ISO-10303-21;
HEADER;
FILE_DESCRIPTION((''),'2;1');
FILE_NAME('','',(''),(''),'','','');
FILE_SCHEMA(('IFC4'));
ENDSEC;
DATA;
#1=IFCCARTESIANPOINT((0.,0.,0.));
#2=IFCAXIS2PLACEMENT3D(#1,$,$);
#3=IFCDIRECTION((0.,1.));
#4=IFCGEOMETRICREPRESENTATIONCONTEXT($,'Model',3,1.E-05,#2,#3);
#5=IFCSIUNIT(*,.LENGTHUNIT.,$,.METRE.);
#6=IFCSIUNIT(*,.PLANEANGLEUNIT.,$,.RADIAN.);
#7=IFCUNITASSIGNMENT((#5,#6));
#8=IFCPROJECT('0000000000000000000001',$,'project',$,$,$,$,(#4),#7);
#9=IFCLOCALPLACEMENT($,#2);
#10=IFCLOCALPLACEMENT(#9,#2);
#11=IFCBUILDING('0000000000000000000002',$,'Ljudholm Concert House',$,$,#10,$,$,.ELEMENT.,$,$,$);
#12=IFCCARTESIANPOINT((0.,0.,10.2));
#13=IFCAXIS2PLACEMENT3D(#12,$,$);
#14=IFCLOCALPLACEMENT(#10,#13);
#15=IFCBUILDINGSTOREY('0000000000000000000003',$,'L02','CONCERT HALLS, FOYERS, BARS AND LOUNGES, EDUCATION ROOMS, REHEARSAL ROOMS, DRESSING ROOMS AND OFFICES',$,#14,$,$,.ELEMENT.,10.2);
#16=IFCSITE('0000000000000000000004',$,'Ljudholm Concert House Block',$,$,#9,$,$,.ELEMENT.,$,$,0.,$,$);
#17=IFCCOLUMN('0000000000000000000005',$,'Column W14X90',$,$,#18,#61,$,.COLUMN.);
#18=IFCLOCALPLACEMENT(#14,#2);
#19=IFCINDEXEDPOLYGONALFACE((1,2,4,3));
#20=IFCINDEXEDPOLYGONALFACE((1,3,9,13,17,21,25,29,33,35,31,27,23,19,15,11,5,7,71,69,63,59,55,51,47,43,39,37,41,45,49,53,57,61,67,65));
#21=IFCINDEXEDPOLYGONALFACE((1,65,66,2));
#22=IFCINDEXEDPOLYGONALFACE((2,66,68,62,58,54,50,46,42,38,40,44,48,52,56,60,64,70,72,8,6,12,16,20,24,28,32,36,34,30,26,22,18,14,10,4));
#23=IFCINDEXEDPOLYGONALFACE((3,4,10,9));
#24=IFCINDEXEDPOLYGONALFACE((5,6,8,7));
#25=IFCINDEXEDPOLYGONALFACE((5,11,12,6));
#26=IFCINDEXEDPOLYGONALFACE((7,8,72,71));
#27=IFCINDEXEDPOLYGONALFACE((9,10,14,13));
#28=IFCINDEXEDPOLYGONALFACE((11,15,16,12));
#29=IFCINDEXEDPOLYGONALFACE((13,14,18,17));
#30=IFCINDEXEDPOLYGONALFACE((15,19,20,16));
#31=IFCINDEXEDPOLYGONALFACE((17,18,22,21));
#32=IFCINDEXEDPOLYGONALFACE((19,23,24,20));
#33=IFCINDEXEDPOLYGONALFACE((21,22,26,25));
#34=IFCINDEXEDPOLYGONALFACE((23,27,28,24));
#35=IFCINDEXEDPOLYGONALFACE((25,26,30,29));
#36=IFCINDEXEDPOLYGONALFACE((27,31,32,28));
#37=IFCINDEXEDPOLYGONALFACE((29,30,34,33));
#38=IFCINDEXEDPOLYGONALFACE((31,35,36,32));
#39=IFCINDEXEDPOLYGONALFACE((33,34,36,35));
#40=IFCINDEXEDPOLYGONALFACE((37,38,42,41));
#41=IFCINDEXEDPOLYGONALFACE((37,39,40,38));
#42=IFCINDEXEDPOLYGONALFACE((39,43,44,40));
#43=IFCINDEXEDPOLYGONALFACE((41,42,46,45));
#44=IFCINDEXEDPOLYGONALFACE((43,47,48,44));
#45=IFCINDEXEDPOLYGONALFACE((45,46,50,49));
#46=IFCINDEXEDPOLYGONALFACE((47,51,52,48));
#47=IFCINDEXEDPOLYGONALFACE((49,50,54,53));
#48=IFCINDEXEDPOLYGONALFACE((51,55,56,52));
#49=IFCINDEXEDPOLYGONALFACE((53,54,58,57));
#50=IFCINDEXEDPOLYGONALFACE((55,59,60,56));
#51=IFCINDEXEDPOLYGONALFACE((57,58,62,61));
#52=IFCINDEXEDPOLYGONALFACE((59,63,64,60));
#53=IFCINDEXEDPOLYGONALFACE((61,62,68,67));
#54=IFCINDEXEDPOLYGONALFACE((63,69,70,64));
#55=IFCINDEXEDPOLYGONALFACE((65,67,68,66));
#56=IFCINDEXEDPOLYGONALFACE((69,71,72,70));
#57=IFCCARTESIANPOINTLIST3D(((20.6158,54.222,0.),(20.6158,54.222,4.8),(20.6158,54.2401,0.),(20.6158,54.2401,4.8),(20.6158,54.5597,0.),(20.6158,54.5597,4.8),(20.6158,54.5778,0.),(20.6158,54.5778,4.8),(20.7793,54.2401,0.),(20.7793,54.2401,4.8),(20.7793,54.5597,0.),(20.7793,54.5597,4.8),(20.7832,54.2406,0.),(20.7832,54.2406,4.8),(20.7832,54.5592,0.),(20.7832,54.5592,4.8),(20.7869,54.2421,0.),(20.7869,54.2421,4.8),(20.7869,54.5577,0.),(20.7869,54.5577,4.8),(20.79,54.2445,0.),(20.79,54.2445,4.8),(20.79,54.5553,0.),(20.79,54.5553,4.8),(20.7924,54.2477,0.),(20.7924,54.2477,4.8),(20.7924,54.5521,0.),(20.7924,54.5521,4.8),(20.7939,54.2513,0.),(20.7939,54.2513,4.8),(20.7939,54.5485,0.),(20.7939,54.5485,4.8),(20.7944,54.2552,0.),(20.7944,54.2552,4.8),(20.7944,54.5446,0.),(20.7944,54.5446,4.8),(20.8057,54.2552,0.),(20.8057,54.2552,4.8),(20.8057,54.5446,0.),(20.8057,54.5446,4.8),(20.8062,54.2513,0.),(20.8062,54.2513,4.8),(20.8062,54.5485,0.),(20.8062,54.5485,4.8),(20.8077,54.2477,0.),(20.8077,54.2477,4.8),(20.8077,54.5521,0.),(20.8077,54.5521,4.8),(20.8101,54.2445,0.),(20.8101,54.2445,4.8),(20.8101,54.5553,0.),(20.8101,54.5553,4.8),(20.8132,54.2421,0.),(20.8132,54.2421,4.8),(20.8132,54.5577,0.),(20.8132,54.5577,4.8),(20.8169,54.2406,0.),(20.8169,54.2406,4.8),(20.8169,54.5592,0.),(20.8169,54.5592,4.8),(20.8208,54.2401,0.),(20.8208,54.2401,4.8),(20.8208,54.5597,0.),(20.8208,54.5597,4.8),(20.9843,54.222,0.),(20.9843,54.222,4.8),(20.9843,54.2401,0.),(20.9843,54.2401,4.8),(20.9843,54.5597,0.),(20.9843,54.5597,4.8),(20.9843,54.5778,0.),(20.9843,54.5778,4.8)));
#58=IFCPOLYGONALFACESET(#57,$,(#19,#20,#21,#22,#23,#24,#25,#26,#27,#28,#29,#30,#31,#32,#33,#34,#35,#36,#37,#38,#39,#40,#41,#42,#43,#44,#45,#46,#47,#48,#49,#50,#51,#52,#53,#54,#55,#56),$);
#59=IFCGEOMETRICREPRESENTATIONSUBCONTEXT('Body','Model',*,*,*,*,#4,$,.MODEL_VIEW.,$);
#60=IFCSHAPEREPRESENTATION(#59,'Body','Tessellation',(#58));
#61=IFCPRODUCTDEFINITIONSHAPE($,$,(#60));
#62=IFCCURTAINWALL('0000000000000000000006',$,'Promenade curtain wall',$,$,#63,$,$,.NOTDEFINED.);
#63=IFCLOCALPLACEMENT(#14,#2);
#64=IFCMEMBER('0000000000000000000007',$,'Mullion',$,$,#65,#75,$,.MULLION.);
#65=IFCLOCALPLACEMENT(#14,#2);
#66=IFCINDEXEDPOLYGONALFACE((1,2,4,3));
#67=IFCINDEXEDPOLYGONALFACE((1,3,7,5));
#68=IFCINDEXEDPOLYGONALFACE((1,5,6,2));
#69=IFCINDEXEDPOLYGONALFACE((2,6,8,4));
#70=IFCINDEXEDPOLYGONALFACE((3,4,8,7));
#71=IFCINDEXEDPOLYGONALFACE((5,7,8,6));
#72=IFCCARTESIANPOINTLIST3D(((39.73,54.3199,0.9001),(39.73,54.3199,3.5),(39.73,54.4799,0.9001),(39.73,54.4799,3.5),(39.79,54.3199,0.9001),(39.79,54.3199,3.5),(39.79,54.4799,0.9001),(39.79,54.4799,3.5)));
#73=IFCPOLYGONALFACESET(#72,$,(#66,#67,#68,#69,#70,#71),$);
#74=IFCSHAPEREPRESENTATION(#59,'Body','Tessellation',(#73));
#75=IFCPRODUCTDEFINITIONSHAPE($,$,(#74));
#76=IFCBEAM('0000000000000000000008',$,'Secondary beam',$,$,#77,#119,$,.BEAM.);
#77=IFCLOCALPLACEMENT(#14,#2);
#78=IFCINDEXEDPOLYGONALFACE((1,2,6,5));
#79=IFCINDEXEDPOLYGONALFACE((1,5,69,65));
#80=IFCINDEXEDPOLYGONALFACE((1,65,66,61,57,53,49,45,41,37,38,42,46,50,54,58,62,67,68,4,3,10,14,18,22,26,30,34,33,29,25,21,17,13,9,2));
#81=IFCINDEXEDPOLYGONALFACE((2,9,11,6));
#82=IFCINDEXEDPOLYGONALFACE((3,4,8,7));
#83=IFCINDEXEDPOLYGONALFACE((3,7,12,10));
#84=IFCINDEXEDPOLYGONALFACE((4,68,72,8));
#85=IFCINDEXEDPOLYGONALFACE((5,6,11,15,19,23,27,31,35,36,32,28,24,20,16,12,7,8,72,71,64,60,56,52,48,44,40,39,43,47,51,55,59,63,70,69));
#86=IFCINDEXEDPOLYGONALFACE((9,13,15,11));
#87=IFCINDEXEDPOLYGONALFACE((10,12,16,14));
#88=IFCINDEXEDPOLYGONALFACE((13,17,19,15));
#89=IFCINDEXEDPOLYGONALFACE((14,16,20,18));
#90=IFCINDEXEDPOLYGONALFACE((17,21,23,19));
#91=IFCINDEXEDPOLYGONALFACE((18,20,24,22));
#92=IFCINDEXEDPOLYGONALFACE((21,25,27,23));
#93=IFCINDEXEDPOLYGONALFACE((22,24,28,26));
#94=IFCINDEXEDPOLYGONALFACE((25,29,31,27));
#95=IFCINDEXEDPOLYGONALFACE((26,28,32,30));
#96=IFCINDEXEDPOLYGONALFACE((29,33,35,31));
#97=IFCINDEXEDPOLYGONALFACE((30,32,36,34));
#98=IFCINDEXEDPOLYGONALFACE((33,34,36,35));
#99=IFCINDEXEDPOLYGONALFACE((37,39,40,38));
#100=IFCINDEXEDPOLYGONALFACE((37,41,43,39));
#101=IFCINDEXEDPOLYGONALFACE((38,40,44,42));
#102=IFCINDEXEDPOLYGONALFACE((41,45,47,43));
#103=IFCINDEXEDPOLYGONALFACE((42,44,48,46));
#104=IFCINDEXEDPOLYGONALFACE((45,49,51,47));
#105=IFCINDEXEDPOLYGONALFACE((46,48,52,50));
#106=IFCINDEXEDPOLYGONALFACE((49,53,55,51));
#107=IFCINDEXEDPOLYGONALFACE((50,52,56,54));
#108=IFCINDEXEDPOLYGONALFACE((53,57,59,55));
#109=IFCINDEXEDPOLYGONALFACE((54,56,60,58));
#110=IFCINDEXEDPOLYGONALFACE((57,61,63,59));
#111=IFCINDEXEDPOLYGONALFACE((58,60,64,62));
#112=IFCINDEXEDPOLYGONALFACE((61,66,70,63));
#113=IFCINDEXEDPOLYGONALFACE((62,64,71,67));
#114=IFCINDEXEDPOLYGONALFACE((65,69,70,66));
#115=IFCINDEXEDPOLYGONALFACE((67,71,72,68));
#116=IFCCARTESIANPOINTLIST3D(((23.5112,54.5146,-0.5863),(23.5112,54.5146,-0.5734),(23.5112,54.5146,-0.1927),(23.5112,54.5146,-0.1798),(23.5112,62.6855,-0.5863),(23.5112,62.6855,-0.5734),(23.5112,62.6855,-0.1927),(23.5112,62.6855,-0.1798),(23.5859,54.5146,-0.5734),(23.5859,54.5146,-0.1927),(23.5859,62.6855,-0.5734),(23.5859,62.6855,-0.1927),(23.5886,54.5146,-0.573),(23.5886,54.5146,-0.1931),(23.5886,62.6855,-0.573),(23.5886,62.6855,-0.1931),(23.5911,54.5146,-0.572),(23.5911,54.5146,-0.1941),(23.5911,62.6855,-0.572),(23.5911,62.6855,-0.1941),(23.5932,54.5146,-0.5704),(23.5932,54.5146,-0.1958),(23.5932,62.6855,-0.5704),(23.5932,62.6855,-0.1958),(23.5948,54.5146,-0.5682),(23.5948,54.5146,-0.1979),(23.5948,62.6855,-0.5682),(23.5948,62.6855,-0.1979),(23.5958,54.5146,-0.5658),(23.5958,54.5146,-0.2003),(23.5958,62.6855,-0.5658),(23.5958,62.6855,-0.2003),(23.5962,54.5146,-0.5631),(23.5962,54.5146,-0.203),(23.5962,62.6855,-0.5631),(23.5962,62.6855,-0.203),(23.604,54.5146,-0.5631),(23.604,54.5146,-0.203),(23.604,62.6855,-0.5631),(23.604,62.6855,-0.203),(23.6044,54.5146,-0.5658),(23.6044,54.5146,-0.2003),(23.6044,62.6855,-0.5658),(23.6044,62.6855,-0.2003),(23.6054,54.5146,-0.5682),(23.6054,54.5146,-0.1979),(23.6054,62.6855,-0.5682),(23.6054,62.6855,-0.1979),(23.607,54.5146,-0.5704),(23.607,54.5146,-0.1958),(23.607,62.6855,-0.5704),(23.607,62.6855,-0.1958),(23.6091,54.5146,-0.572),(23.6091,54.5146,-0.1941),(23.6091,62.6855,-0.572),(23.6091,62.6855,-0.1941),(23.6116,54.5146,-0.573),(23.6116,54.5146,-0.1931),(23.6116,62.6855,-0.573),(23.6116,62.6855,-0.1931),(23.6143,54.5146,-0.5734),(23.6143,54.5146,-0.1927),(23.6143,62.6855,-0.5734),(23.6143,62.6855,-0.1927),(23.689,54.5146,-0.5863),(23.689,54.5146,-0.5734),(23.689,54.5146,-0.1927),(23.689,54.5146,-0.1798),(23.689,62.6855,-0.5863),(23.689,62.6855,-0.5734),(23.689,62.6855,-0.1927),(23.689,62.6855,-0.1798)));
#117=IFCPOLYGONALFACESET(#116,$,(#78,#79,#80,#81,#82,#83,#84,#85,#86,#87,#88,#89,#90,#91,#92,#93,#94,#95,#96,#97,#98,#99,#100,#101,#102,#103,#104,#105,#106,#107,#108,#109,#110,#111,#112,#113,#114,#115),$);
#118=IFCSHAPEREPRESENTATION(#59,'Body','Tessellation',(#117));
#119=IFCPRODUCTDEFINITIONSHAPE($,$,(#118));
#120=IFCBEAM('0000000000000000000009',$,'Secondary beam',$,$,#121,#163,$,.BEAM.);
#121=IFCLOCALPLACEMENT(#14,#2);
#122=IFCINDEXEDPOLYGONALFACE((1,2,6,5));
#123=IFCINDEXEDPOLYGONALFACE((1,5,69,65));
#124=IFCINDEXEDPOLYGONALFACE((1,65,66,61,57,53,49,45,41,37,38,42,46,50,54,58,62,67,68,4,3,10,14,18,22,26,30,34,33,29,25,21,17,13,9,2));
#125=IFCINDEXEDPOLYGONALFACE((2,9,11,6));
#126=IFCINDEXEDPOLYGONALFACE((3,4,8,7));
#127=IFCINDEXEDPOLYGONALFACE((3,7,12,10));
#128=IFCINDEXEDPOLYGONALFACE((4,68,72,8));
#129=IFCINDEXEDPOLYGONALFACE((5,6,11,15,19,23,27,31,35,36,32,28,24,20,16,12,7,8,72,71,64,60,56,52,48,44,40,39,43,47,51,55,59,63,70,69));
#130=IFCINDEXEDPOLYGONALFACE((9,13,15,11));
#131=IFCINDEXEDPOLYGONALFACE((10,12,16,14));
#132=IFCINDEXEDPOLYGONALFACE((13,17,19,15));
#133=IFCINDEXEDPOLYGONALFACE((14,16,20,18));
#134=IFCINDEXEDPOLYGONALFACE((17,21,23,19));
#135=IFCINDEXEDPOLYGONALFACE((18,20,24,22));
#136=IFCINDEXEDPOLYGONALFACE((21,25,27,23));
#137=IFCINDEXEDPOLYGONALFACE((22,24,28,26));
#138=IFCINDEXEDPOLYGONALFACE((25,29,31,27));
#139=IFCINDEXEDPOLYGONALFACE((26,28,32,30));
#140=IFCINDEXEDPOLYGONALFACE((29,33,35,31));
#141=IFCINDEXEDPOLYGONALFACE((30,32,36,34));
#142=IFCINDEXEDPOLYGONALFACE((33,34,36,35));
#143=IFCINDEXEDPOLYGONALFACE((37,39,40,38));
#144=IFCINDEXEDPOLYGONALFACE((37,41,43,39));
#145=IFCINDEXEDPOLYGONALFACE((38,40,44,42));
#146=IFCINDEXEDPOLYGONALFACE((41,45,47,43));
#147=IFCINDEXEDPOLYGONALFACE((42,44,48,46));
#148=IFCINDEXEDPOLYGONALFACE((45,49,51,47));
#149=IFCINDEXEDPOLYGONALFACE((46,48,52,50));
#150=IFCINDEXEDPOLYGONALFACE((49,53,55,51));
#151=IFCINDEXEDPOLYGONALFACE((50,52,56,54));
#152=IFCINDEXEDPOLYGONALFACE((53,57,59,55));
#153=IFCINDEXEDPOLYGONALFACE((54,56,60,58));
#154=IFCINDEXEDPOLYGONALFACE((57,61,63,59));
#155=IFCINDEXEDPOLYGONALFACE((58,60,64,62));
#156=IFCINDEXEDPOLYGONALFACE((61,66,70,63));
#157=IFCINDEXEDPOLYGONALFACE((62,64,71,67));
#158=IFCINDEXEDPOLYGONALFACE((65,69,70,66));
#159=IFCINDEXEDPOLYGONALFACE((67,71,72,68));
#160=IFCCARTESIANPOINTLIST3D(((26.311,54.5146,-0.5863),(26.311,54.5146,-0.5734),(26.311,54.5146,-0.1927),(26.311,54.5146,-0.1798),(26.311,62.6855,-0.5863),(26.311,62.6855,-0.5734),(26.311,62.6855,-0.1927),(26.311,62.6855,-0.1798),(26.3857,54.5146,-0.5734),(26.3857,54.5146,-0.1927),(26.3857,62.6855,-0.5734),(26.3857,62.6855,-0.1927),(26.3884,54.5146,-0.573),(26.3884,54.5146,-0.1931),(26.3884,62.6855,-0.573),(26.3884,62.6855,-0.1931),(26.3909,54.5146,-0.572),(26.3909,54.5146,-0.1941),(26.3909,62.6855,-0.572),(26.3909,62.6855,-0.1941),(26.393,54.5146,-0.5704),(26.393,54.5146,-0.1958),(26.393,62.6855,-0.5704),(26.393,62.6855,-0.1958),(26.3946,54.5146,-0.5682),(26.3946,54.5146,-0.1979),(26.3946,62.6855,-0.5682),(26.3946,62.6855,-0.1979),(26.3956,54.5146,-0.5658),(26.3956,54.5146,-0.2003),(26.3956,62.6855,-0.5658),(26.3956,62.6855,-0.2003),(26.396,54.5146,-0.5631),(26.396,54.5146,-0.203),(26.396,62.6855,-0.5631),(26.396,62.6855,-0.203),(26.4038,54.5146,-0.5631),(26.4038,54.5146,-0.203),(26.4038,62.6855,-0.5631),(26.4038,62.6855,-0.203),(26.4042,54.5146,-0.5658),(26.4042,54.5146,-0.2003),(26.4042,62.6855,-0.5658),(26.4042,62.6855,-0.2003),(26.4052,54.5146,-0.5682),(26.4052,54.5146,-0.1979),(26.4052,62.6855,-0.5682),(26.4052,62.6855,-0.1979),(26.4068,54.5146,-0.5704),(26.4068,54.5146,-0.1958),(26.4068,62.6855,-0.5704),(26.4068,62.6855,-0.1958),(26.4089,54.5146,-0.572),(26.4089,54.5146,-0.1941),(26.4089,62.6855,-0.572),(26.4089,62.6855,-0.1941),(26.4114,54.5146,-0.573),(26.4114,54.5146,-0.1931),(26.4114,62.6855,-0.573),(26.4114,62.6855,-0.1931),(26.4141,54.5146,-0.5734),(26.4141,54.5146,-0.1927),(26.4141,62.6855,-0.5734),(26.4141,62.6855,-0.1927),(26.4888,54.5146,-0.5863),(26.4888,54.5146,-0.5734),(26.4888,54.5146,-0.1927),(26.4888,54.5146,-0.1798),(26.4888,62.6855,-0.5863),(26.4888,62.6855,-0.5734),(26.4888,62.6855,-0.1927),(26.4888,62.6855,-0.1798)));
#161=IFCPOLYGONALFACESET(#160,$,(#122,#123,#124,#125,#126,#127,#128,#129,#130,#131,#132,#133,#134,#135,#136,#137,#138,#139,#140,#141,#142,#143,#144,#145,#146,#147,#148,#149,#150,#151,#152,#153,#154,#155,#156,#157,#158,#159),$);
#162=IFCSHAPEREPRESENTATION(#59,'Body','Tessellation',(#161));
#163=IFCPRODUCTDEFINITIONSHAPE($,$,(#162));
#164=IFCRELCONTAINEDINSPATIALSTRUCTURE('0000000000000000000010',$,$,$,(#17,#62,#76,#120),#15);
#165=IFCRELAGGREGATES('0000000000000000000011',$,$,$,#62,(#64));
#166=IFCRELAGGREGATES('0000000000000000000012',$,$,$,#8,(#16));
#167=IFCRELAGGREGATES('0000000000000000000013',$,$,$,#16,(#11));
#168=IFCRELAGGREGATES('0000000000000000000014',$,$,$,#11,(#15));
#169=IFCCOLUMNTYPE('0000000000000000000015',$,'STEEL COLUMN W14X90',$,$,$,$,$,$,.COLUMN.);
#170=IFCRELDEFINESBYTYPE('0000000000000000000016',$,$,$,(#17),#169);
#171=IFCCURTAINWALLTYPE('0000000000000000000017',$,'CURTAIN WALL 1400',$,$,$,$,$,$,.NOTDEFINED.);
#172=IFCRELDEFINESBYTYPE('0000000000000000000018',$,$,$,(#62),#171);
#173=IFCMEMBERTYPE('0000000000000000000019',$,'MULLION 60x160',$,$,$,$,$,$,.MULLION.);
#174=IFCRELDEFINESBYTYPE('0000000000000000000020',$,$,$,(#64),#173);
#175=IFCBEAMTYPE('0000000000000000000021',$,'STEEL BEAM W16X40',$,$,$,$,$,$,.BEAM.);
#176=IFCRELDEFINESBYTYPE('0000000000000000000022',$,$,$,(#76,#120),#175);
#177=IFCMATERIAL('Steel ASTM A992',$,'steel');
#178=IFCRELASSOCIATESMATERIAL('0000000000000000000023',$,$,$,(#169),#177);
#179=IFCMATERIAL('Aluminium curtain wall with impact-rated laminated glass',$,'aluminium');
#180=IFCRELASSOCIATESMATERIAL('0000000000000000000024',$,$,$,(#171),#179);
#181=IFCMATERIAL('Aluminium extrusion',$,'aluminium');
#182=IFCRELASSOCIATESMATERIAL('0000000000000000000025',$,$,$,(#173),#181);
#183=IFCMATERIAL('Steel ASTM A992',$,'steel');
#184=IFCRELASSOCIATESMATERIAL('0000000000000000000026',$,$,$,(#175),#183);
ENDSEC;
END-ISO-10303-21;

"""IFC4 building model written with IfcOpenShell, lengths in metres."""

from ifc_helpers import new_model, si_unit, direction, frame, origin, origin_2d, place, context, subcontext, project, spatial, rectangle, i_section, extrude, material, material_profile, profile_set, type_object, element, aggregate, save


model = new_model("IFC4")

# Units and contexts
model_context = context("Model", 3, precision=1e-05, world=origin(), true_north=direction((0.0, 1.0)))
body_context = subcontext(model_context, "Body", "Model", "MODEL_VIEW")
ifc_project = project(units=[si_unit("LENGTHUNIT", "METRE"), si_unit("PLANEANGLEUNIT", "RADIAN")], contexts=[model_context])

# Site, building, storey
site_placement = place(None, origin())
site = spatial("IfcSite", under=ifc_project, at=site_placement, Name="Ljudholm Concert House Block", CompositionType="ELEMENT", RefElevation=0.0)
building_placement = place(site_placement, origin())
building = spatial("IfcBuilding", under=site, at=building_placement, Name="Ljudholm Concert House", CompositionType="ELEMENT")
storey_placement = place(building_placement, frame((0.0, 0.0, 10.2)))
storey = spatial("IfcBuildingStorey", under=building, at=storey_placement, Name="L02", Description="CONCERT HALLS, FOYERS, BARS AND LOUNGES, EDUCATION ROOMS, REHEARSAL ROOMS, DRESSING ROOMS AND OFFICES", CompositionType="ELEMENT", Elevation=10.2)

# Column
ifc_material_1 = material(Name="Steel ASTM A992", Category="steel")
ifc_material_profile_1 = material_profile(ifc_material_1, i_section(OverallWidth=0.3684, OverallDepth=0.3557, WebThickness=0.0112, FlangeThickness=0.0181, FilletRadius=0.0151, at=origin_2d()), Name="W14X90")
ifc_profile_set_1 = profile_set([ifc_material_profile_1], Name="Steel ASTM A992")
column_type = type_object("IfcColumnType", Name="STEEL COLUMN W14X90", PredefinedType="COLUMN", material=ifc_profile_set_1)
column_placement = place(storey_placement, frame((20.8, 54.3999, 0.0), z_axis=(0.0, 0.0, 1.0), x_axis=(1.0, 0.0, 0.0)))
element("IfcColumn", 1, at=column_placement, inside=storey, type_object=column_type, Name="Column W14X90", PredefinedType="COLUMN", context=body_context, shape_type="SweptSolid", body=[
    extrude(i_section(OverallWidth=0.3684, OverallDepth=0.3557, WebThickness=0.0112, FlangeThickness=0.0181, FilletRadius=0.0151, at=origin_2d()), origin(), (0.0, 0.0, 1.0), 4.8),
])

# Curtain wall, member
ifc_material_2 = material(Name="Aluminium curtain wall with impact-rated laminated glass", Category="aluminium")
curtain_wall_type = type_object("IfcCurtainWallType", Name="CURTAIN WALL 1400", PredefinedType="NOTDEFINED", material=ifc_material_2)
curtain_wall_placement = place(storey_placement, origin())
curtain_wall = element("IfcCurtainWall", 2, at=curtain_wall_placement, inside=storey, type_object=curtain_wall_type, Name="Promenade curtain wall", PredefinedType="NOTDEFINED")
ifc_material_3 = material(Name="Aluminium extrusion", Category="aluminium")
ifc_material_profile_2 = material_profile(ifc_material_3, rectangle(XDim=0.1599, YDim=0.0601, at=origin_2d()), Name="MULLION 60x160")
ifc_profile_set_2 = profile_set([ifc_material_profile_2], Name="Aluminium extrusion")
member_type_1 = type_object("IfcMemberType", Name="MULLION 60x160", PredefinedType="MULLION", material=ifc_profile_set_2)
member_1_placement = place(storey_placement, frame((39.76, 54.3999, 0.9001), z_axis=(0.0, 0.0, 1.0), x_axis=(0.0, 1.0, 0.0)))
member_1 = element("IfcMember", 3, at=member_1_placement, type_object=member_type_1, Name="Mullion", PredefinedType="MULLION", context=body_context, shape_type="SweptSolid", body=[
    extrude(rectangle(XDim=0.1599, YDim=0.0601, at=origin_2d()), origin(), (0.0, 0.0, 1.0), 2.5999),
])

# Beams
ifc_material_4 = material(Name="Steel ASTM A992", Category="steel")
ifc_material_profile_3 = material_profile(ifc_material_4, i_section(OverallWidth=0.1777, OverallDepth=0.4065, WebThickness=0.0078, FlangeThickness=0.0129, FilletRadius=0.0103, at=origin_2d()), Name="W16X40")
ifc_profile_set_3 = profile_set([ifc_material_profile_3], Name="Steel ASTM A992")
beam_type_1 = type_object("IfcBeamType", Name="STEEL BEAM W16X40", PredefinedType="BEAM", material=ifc_profile_set_3)
for number, where, z_axis, x_axis, name in (
    (4, (23.6001, 54.5146, -0.3831), (0.0, 1.0, 0.0), (-1.0, 0.0, 0.0), "Secondary beam"),
    (5, (26.3999, 54.5146, -0.3831), (0.0, 1.0, 0.0), (-1.0, 0.0, 0.0), "Secondary beam"),
):
    element("IfcBeam", number, at=place(storey_placement, frame(where, z_axis=z_axis, x_axis=x_axis)), inside=storey, type_object=beam_type_1, Name=name, PredefinedType="BEAM", context=body_context, shape_type="SweptSolid", body=[
        extrude(i_section(OverallWidth=0.1777, OverallDepth=0.4065, WebThickness=0.0078, FlangeThickness=0.0129, FilletRadius=0.0103, at=origin_2d()), origin(), (0.0, 0.0, 1.0), 8.1709),
    ])

aggregate(curtain_wall, [member_1])

save(model, "model.ifc")
